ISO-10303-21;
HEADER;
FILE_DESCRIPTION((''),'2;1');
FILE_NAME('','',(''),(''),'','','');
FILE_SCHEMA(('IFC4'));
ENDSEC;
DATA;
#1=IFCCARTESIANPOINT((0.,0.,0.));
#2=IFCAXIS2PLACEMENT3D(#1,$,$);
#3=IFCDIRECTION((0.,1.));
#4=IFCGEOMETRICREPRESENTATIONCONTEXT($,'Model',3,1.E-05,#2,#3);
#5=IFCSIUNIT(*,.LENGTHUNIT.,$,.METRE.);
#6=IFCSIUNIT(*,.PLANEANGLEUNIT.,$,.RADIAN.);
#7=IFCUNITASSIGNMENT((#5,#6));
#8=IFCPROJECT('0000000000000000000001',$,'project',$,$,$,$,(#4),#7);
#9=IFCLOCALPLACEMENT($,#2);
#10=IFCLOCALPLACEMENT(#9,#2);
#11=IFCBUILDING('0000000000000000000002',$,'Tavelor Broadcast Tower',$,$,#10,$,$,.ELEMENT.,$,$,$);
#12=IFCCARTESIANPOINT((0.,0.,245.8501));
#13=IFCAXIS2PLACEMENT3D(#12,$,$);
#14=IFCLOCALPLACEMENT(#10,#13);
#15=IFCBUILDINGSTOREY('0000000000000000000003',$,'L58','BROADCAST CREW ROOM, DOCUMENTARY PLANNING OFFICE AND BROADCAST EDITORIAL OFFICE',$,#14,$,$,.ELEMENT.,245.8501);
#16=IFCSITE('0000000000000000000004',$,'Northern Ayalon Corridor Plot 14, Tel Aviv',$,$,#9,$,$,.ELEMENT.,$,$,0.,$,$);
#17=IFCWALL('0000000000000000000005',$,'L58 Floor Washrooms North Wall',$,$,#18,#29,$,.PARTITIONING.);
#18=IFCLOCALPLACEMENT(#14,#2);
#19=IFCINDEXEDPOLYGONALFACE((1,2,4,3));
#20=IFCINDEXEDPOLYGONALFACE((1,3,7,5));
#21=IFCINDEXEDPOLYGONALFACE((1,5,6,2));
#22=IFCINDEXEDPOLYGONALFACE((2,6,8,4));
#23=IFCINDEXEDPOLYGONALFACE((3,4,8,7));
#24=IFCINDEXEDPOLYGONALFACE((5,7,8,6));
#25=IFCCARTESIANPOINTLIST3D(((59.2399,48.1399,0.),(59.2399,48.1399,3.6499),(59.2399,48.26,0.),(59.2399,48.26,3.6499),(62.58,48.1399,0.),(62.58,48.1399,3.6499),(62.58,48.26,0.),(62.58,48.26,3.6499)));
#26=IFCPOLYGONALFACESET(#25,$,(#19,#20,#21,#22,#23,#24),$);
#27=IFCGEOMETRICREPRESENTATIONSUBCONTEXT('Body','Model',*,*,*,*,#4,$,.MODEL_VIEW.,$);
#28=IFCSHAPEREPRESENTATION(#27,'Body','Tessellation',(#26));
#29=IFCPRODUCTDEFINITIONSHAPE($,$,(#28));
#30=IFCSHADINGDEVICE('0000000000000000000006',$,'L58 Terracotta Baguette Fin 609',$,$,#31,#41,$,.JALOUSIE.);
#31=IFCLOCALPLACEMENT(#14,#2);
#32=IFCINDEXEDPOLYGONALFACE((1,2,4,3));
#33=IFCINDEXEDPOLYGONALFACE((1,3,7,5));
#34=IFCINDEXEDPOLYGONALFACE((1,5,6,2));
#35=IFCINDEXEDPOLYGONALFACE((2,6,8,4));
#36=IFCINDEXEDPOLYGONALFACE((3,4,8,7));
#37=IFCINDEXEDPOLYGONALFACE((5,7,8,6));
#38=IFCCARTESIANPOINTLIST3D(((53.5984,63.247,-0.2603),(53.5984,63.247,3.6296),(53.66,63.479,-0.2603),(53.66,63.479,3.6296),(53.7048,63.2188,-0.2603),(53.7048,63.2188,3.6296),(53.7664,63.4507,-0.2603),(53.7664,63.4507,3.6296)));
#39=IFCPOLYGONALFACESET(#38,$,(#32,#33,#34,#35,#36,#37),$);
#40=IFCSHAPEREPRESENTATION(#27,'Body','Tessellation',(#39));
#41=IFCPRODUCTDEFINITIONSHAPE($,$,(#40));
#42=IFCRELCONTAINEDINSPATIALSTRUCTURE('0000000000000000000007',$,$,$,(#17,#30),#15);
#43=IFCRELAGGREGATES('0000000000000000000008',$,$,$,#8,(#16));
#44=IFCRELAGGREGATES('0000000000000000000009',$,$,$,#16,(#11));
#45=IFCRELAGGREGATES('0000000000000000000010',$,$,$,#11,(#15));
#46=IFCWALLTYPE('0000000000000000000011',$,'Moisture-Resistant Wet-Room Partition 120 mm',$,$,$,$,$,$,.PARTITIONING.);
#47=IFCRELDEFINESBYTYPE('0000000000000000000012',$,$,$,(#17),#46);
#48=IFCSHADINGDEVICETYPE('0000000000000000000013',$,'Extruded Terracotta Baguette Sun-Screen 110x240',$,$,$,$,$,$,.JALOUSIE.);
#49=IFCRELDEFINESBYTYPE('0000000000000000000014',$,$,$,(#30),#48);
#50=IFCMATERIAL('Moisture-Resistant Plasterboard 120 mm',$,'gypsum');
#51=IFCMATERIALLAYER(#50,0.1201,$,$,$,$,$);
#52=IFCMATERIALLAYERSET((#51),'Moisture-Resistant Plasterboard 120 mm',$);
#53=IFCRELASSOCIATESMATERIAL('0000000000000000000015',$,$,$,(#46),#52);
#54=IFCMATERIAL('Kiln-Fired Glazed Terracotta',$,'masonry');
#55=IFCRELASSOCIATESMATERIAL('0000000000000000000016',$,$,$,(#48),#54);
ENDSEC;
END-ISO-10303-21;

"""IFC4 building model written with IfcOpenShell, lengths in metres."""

from ifc_helpers import new_model, si_unit, direction, frame, frame_2d, origin, origin_2d, place, context, subcontext, project, spatial, rectangle, extrude, source, transform, mapped, material, layer, layer_set, type_object, type_shapes, element, save


model = new_model("IFC4")

# Units and contexts
model_context = context("Model", 3, precision=1e-05, world=origin(), true_north=direction((0.0, 1.0)))
body_context = subcontext(model_context, "Body", "Model", "MODEL_VIEW")
ifc_project = project(units=[si_unit("LENGTHUNIT", "METRE"), si_unit("PLANEANGLEUNIT", "RADIAN")], contexts=[model_context])

# Site, building, storey
site_placement = place(None, origin())
site = spatial("IfcSite", under=ifc_project, at=site_placement, Name="Northern Ayalon Corridor Plot 14, Tel Aviv", CompositionType="ELEMENT", RefElevation=0.0)
building_placement = place(site_placement, origin())
building = spatial("IfcBuilding", under=site, at=building_placement, Name="Tavelor Broadcast Tower", CompositionType="ELEMENT")
storey_placement = place(building_placement, frame((0.0, 0.0, 245.8501)))
storey = spatial("IfcBuildingStorey", under=building, at=storey_placement, Name="L58", Description="BROADCAST CREW ROOM, DOCUMENTARY PLANNING OFFICE AND BROADCAST EDITORIAL OFFICE", CompositionType="ELEMENT", Elevation=245.8501)

# Wall
ifc_material_1 = material(Name="Moisture-Resistant Plasterboard 120 mm", Category="gypsum")
ifc_layer_1 = layer(ifc_material_1, 0.1201)
ifc_layer_set_1 = layer_set([ifc_layer_1], Name="Moisture-Resistant Plasterboard 120 mm")
wall_type_1 = type_object("IfcWallType", Name="Moisture-Resistant Wet-Room Partition 120 mm", PredefinedType="PARTITIONING", material=ifc_layer_set_1)
wall_1_placement = place(storey_placement, frame((59.24, 48.2, 0.0), z_axis=(0.0, 0.0, 1.0), x_axis=(1.0, 0.0, 0.0)))
element("IfcWall", 1, at=wall_1_placement, inside=storey, type_object=wall_type_1, Name="L58 Floor Washrooms North Wall", PredefinedType="PARTITIONING", context=body_context, shape_type="SweptSolid", body=[
    extrude(rectangle(XDim=3.3401, YDim=0.1201, at=frame_2d((1.6699, 0.0))), origin(), (0.0, 0.0, 1.0), 3.6499),
])

# Shading device
ifc_material_2 = material(Name="Kiln-Fired Glazed Terracotta", Category="masonry")
shading_device_type = type_object("IfcShadingDeviceType", Name="Extruded Terracotta Baguette Sun-Screen 110x240", PredefinedType="JALOUSIE", material=ifc_material_2)
shared_shape_1 = source(origin(), body_context, "Body", "SweptSolid", [
    extrude(rectangle(XDim=0.1101, YDim=0.24, at=origin_2d()), origin(), (0.0, 0.0, 1.0), 3.8899),
])
type_shapes(shading_device_type, [shared_shape_1])
shading_device_placement = place(storey_placement, frame((53.6824, 63.3489, -0.2603), z_axis=(0.0, 0.0, 1.0), x_axis=(-0.966466, 0.256795, 0.0)))
element("IfcShadingDevice", 2, at=shading_device_placement, inside=storey, type_object=shading_device_type, Name="L58 Terracotta Baguette Fin 609", PredefinedType="JALOUSIE", context=body_context, shape_type="MappedRepresentation", body=[
    mapped(shared_shape_1, transform((0.0, 0.0, 0.0), scale=1.0)),
])

save(model, "model.ifc")
